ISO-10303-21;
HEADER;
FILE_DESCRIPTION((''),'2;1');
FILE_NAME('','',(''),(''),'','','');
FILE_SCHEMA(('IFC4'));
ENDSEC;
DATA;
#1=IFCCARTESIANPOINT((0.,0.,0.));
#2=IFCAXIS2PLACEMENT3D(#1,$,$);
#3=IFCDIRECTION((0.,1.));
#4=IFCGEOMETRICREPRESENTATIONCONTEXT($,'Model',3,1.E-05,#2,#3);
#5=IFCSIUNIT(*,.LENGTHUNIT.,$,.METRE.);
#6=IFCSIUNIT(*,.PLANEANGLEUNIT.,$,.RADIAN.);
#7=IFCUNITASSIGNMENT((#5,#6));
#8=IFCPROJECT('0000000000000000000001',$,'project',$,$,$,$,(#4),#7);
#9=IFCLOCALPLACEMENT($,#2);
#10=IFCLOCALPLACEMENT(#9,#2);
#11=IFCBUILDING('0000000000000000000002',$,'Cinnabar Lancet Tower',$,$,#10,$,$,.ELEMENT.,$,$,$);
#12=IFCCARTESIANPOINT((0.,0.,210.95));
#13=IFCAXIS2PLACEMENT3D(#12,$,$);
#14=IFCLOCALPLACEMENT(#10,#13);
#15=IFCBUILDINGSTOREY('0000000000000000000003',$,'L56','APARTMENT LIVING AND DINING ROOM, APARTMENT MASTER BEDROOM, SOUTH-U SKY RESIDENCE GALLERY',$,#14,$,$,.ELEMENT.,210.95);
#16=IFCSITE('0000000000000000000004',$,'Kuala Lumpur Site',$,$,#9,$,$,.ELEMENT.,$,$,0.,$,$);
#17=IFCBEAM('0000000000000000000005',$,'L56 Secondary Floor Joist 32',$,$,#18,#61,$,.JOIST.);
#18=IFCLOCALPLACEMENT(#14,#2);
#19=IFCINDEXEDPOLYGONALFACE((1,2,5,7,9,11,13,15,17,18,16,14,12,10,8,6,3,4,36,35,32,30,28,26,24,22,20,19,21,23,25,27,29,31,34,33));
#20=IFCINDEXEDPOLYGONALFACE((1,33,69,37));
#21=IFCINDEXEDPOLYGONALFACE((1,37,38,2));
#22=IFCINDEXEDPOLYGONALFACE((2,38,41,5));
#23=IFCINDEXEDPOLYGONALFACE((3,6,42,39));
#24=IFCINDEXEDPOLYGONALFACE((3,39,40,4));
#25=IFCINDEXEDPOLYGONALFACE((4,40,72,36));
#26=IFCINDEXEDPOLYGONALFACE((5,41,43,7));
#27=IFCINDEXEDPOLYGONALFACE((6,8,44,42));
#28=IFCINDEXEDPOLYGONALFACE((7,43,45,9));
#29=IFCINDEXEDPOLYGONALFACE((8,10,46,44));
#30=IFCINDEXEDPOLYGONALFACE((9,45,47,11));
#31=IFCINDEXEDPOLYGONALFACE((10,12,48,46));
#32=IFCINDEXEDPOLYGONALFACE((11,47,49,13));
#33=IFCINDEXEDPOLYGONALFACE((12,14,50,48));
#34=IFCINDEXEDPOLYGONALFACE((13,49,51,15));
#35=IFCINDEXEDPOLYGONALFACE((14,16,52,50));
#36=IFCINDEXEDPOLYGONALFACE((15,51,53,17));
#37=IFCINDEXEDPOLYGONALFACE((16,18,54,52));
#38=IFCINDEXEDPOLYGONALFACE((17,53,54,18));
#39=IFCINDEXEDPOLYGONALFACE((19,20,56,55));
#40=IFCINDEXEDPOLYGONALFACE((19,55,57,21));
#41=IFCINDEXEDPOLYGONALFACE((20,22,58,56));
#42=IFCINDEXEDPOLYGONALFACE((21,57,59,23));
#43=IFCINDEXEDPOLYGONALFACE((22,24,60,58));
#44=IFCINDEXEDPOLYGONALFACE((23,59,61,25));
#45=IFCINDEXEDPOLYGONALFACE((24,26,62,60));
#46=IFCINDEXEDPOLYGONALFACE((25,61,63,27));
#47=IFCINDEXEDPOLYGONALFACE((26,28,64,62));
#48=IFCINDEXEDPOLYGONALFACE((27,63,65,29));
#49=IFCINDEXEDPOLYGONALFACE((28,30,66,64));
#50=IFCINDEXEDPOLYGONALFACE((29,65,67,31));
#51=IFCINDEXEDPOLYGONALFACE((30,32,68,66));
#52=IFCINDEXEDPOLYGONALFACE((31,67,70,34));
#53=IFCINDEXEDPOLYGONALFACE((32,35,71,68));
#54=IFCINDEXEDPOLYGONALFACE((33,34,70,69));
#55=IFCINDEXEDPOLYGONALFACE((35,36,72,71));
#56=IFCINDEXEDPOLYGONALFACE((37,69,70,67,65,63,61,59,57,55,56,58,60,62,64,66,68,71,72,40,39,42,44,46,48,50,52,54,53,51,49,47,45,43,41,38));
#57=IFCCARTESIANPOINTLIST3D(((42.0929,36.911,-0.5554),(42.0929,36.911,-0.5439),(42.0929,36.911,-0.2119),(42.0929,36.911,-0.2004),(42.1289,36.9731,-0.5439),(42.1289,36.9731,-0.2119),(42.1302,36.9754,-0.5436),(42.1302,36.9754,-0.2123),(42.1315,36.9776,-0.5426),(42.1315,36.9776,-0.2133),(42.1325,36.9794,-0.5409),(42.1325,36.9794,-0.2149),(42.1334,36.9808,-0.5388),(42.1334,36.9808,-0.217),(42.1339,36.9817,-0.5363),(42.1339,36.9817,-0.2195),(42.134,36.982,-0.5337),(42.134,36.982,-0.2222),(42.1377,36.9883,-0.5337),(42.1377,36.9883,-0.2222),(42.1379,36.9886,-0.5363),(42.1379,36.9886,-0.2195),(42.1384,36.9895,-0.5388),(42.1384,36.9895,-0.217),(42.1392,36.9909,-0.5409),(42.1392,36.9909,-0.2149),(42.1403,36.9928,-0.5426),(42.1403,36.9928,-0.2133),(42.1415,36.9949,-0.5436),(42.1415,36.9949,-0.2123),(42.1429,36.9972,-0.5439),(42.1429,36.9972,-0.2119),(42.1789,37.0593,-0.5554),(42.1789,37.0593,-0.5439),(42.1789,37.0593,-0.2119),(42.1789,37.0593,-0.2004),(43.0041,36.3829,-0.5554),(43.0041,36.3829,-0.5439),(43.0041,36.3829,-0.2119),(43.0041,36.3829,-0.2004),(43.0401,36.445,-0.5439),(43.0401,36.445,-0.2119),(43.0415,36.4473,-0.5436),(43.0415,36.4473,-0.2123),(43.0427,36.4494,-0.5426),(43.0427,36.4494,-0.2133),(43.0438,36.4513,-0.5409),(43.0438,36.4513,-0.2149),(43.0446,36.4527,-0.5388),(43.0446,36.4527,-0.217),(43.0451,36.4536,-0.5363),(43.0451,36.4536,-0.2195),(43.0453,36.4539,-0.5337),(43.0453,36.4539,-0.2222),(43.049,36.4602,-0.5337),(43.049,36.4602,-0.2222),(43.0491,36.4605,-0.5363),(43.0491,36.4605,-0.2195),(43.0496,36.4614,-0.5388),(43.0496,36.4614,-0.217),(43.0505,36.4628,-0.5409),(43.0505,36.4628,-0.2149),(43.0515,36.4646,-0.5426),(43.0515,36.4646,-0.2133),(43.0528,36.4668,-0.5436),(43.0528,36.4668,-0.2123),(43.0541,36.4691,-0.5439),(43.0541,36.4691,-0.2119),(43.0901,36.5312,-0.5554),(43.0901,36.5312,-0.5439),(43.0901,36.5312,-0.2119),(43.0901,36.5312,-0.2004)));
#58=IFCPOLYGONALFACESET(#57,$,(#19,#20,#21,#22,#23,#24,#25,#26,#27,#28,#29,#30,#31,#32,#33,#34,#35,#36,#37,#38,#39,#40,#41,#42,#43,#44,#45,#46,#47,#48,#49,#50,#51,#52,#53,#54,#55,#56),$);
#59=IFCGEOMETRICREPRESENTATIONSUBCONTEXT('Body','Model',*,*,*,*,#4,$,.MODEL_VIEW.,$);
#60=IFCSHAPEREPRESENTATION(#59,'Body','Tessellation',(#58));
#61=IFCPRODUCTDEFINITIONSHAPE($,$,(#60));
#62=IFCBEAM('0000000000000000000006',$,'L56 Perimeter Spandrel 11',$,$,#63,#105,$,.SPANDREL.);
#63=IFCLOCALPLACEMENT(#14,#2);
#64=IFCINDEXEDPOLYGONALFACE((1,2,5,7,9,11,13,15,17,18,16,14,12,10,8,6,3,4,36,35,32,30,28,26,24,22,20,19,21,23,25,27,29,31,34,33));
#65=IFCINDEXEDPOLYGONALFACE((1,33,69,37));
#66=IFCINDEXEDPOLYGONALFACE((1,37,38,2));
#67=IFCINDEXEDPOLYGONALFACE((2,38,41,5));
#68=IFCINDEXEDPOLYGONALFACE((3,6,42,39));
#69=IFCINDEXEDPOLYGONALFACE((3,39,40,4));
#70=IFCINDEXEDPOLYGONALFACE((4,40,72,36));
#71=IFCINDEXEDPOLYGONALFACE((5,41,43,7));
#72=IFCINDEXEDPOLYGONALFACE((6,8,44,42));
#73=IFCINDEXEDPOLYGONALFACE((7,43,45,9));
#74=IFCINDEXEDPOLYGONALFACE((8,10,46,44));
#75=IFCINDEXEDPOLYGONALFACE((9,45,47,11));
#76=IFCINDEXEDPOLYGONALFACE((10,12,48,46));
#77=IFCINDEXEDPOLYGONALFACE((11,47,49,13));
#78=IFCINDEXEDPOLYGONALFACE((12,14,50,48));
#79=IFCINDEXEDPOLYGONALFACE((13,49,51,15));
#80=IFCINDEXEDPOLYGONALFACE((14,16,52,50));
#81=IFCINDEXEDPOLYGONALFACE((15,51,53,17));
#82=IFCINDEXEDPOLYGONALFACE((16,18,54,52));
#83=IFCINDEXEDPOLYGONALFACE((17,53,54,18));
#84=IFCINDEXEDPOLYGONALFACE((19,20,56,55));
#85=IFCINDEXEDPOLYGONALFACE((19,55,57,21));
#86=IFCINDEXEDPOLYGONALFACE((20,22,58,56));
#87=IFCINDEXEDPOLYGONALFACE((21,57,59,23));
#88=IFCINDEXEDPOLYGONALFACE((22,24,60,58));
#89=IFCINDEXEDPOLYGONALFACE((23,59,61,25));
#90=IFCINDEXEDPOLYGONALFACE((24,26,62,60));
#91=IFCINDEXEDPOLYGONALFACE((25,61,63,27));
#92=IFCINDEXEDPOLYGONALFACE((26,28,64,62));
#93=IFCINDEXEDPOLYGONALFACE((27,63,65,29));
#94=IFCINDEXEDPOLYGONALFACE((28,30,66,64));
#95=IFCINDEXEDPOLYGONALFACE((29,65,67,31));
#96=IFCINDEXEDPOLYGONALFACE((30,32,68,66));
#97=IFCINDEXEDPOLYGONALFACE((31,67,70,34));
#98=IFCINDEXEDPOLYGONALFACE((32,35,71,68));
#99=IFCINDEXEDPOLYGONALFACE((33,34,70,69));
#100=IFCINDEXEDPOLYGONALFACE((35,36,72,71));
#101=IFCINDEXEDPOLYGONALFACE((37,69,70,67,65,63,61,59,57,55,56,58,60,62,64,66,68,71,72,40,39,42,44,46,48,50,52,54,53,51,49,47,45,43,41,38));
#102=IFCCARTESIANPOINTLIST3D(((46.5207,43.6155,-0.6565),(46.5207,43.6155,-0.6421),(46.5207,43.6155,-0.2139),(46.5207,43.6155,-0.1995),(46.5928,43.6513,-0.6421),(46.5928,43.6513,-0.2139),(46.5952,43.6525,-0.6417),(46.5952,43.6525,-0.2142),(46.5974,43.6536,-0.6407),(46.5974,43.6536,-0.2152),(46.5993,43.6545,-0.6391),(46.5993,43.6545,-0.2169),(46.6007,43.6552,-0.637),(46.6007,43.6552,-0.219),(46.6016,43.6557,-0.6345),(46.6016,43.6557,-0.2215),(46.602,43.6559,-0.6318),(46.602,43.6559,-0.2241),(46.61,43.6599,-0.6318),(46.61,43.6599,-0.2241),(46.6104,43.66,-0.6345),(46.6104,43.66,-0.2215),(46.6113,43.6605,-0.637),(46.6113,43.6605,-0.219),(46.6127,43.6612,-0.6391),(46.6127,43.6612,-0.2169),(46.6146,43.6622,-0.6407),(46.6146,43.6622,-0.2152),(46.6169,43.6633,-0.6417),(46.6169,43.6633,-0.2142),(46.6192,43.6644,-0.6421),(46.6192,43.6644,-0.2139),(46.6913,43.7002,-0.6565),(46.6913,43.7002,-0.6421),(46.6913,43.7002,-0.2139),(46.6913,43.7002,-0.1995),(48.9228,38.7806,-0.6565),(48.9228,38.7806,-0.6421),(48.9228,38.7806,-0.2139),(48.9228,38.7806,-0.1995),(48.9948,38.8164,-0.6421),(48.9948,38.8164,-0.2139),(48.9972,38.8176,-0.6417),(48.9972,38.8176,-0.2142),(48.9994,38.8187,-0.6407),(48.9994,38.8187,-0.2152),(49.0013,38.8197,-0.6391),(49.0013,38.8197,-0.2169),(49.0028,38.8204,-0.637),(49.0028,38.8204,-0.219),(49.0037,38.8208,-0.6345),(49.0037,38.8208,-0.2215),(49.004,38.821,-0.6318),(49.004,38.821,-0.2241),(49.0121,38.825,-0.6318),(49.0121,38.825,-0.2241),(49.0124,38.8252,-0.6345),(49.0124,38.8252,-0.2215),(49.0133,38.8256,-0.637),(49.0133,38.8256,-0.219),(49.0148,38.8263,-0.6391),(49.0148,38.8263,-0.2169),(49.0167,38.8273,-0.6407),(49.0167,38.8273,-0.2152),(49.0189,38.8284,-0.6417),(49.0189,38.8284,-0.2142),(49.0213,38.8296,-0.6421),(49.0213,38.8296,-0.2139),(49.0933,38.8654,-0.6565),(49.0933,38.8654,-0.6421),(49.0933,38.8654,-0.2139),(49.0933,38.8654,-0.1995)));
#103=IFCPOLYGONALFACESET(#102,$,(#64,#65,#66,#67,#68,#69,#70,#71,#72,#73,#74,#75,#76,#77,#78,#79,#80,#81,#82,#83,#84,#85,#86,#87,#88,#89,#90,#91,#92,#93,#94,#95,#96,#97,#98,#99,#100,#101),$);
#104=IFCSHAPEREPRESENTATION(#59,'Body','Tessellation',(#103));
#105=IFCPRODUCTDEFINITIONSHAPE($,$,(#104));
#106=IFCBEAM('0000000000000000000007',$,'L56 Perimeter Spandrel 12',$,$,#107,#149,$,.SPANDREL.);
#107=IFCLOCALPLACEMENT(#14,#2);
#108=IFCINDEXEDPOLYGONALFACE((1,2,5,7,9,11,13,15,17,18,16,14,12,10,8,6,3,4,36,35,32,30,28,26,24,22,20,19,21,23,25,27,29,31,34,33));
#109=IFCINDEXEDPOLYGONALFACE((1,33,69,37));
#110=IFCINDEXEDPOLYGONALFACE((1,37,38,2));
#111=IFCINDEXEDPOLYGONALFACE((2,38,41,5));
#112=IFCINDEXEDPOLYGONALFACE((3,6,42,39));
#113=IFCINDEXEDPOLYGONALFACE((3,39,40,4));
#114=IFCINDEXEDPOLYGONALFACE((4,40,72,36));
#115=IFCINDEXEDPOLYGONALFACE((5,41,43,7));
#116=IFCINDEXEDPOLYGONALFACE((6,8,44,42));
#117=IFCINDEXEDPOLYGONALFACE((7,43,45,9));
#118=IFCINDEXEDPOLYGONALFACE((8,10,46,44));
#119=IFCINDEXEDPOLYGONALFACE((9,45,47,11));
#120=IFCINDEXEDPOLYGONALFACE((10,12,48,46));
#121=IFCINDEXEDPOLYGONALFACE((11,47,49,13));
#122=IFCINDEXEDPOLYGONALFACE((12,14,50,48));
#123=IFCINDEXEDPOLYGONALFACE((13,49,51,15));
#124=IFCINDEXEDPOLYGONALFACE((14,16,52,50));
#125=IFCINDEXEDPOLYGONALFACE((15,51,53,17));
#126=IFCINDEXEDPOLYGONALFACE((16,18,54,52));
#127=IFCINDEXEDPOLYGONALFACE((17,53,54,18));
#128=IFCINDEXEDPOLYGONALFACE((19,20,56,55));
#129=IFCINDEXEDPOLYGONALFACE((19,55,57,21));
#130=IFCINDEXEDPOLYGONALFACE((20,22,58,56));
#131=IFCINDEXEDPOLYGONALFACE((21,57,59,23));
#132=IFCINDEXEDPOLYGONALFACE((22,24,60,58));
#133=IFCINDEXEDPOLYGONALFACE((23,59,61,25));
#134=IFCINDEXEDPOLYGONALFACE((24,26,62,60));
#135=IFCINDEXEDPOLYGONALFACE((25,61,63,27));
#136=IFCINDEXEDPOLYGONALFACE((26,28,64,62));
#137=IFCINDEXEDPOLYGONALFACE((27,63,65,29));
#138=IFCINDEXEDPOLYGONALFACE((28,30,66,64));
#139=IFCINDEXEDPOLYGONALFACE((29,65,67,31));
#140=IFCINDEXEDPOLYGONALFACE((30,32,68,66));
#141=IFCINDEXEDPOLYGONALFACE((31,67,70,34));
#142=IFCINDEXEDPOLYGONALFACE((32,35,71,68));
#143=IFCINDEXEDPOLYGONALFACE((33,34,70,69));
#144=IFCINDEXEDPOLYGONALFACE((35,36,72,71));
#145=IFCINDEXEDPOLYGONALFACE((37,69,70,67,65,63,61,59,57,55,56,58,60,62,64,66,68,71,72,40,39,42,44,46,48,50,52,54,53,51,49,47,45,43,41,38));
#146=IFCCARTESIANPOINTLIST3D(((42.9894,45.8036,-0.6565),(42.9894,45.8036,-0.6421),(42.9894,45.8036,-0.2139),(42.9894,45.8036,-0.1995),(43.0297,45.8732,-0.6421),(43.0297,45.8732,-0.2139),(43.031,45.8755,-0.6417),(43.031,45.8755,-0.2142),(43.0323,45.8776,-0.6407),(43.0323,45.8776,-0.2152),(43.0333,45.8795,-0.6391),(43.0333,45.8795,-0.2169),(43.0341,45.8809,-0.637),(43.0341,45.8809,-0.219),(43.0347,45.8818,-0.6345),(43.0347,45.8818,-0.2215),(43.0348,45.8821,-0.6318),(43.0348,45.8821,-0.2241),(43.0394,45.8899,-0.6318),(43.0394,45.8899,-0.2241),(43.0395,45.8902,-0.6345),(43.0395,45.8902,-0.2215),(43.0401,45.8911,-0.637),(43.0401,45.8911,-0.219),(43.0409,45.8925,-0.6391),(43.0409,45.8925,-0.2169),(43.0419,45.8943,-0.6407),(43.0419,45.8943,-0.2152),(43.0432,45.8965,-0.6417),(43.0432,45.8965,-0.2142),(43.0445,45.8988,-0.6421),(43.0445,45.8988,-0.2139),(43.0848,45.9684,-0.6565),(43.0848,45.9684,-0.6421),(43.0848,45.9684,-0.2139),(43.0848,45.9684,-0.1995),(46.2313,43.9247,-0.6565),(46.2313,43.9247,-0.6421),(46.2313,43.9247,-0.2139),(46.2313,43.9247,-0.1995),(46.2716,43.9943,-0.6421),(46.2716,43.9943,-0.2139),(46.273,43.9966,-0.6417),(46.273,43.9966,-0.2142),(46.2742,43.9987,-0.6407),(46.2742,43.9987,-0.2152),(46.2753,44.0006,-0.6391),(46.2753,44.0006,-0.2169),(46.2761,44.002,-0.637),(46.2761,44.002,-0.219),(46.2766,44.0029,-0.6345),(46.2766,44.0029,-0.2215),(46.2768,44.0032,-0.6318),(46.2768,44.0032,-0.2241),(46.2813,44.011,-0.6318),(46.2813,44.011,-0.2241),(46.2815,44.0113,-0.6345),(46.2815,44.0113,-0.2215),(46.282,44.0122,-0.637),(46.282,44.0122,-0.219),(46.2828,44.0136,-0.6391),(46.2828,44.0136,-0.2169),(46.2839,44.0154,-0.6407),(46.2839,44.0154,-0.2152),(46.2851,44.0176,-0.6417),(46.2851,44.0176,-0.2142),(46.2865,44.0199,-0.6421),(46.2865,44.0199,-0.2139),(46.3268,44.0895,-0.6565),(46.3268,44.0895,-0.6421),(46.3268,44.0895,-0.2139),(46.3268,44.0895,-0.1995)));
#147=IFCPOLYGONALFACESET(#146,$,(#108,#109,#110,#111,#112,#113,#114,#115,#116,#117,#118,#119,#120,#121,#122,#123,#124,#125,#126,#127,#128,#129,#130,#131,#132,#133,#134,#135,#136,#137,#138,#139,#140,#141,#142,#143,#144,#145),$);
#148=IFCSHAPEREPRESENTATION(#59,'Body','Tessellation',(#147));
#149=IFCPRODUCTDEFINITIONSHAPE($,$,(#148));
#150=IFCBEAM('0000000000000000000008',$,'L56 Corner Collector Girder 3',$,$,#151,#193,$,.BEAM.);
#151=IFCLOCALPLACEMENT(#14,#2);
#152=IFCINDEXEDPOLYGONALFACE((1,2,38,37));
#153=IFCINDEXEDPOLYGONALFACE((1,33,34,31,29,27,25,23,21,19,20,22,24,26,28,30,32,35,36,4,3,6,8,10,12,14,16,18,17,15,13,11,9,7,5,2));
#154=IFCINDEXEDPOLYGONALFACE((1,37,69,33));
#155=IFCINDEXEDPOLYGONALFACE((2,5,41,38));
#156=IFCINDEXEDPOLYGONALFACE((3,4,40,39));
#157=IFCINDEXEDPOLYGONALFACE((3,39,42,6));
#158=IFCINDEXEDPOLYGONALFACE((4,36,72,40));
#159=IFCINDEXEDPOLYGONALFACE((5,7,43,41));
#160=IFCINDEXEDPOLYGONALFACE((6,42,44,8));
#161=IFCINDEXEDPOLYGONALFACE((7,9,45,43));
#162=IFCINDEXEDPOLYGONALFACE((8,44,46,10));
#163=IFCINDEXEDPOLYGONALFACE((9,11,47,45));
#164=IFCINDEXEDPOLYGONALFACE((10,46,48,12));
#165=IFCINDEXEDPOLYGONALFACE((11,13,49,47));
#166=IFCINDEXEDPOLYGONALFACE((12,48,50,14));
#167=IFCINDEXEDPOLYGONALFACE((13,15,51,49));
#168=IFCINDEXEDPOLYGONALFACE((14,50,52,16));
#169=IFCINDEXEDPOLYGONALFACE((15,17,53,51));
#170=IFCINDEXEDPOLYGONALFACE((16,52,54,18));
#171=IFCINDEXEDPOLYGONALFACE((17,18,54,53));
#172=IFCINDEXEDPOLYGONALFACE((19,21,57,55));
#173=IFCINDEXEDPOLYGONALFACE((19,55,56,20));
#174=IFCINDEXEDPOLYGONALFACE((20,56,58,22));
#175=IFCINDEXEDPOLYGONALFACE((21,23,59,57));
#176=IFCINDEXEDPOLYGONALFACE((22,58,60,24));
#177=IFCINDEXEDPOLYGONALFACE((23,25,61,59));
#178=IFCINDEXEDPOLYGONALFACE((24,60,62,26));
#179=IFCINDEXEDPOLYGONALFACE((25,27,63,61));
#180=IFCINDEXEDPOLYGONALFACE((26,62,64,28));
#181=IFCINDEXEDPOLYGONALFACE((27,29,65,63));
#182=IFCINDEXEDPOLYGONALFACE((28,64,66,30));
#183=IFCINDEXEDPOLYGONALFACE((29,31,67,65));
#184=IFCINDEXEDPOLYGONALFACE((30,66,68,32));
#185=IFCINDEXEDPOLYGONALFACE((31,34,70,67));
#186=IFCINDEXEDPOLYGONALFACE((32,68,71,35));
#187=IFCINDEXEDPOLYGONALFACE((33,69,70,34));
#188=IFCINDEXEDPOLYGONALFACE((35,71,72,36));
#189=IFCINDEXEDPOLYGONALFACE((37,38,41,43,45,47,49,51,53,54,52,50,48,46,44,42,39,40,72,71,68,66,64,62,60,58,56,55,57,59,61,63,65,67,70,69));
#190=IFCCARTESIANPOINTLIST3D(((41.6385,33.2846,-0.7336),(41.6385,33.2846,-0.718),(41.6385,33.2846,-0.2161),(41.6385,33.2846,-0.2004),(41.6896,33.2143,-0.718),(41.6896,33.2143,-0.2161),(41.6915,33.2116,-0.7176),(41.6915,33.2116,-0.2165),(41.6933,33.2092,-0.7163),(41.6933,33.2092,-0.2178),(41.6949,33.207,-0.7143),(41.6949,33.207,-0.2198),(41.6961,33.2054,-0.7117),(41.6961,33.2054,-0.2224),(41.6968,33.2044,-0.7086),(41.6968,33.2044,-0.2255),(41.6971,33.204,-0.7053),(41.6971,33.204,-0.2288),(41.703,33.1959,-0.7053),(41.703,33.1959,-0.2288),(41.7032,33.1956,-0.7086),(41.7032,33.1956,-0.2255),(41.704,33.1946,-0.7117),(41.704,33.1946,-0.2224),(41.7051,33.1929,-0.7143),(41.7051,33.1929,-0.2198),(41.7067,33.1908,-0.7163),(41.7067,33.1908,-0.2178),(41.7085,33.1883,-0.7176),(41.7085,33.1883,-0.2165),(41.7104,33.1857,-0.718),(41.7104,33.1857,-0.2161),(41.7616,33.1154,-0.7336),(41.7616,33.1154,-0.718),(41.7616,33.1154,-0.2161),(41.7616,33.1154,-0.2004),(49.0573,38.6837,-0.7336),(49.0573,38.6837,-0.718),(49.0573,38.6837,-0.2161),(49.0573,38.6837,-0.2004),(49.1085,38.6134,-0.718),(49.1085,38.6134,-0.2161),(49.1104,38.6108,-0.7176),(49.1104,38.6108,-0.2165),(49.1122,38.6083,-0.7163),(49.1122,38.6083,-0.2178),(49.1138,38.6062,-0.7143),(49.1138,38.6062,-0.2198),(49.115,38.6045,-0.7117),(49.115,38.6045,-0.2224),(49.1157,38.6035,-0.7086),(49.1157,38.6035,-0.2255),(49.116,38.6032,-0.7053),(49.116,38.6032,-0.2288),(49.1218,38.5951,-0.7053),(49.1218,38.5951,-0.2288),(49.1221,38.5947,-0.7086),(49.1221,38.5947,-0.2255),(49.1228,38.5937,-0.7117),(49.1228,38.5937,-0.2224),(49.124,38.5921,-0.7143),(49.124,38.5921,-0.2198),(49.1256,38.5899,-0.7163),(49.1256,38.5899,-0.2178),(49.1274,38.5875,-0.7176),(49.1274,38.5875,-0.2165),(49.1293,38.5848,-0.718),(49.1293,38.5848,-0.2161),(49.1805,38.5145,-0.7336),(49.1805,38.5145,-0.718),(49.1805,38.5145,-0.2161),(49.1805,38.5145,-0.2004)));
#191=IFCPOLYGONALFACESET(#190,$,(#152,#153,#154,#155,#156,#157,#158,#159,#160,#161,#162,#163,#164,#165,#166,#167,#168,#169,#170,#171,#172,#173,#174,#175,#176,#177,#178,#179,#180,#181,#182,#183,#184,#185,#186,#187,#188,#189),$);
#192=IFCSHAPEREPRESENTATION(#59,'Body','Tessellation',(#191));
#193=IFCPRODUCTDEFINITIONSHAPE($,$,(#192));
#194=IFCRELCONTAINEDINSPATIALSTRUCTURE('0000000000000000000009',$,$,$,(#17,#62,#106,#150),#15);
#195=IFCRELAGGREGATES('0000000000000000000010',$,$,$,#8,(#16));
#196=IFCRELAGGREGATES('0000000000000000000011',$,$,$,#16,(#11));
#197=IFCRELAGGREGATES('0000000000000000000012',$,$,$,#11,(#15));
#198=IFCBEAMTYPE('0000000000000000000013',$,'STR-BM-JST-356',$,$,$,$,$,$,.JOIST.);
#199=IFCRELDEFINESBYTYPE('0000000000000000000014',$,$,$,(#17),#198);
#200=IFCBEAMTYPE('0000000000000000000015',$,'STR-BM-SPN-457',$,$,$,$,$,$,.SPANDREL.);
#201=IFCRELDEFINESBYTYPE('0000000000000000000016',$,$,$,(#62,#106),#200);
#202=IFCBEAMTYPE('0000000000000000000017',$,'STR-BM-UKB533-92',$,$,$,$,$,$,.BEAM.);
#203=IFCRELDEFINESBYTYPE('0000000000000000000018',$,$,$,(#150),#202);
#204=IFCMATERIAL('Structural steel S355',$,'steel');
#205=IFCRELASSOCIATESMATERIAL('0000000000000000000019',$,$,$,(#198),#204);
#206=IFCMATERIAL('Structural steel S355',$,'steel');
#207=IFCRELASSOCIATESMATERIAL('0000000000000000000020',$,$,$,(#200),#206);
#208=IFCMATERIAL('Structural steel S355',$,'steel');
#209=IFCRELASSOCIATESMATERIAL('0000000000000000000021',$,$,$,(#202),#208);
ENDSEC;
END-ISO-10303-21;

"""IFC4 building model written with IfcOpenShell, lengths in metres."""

from ifc_helpers import new_model, si_unit, direction, frame, origin, origin_2d, place, context, subcontext, project, spatial, i_section, extrude, material, material_profile, profile_set, type_object, element, save


model = new_model("IFC4")

# Units and contexts
model_context = context("Model", 3, precision=1e-05, world=origin(), true_north=direction((0.0, 1.0)))
body_context = subcontext(model_context, "Body", "Model", "MODEL_VIEW")
ifc_project = project(units=[si_unit("LENGTHUNIT", "METRE"), si_unit("PLANEANGLEUNIT", "RADIAN")], contexts=[model_context])

# Site, building, storey
site_placement = place(None, origin())
site = spatial("IfcSite", under=ifc_project, at=site_placement, Name="Kuala Lumpur Site", CompositionType="ELEMENT", RefElevation=0.0)
building_placement = place(site_placement, origin())
building = spatial("IfcBuilding", under=site, at=building_placement, Name="Cinnabar Lancet Tower", CompositionType="ELEMENT")
storey_placement = place(building_placement, frame((0.0, 0.0, 210.95)))
storey = spatial("IfcBuildingStorey", under=building, at=storey_placement, Name="L56", Description="APARTMENT LIVING AND DINING ROOM, APARTMENT MASTER BEDROOM, SOUTH-U SKY RESIDENCE GALLERY", CompositionType="ELEMENT", Elevation=210.95)

# Beams
ifc_material_1 = material(Name="Structural steel S355", Category="steel")
ifc_material_profile_1 = material_profile(ifc_material_1, i_section(OverallWidth=0.1714, OverallDepth=0.355, WebThickness=0.0073, FlangeThickness=0.0115, FilletRadius=0.0103, at=origin_2d()), Name="UKB 356x171x51")
ifc_profile_set_1 = profile_set([ifc_material_profile_1], Name="Structural steel S355")
beam_type_1 = type_object("IfcBeamType", Name="STR-BM-JST-356", PredefinedType="JOIST", material=ifc_profile_set_1)
beam_1_placement = place(storey_placement, frame((43.0471, 36.457, -0.3779), z_axis=(-0.865188, 0.501447, 0.0), x_axis=(-0.501447, -0.865188, 0.0)))
element("IfcBeam", 1, at=beam_1_placement, inside=storey, type_object=beam_type_1, Name="L56 Secondary Floor Joist 32", PredefinedType="JOIST", context=body_context, shape_type="SweptSolid", body=[
    extrude(i_section(OverallWidth=0.1714, OverallDepth=0.355, WebThickness=0.0073, FlangeThickness=0.0115, FilletRadius=0.0103, at=origin_2d()), origin(), (0.0, 0.0, 1.0), 1.0532),
])
ifc_material_2 = material(Name="Structural steel S355", Category="steel")
ifc_material_profile_2 = material_profile(ifc_material_2, i_section(OverallWidth=0.1904, OverallDepth=0.457, WebThickness=0.009, FlangeThickness=0.0144, FilletRadius=0.0103, at=origin_2d()), Name="UKB 457x191x74")
ifc_profile_set_2 = profile_set([ifc_material_profile_2], Name="Structural steel S355")
beam_type_2 = type_object("IfcBeamType", Name="STR-BM-SPN-457", PredefinedType="SPANDREL", material=ifc_profile_set_2)
beam_2_placement = place(storey_placement, frame((49.0081, 38.823, -0.428), z_axis=(-0.444933, 0.895564, 0.0), x_axis=(-0.895564, -0.444933, 0.0)))
element("IfcBeam", 2, at=beam_2_placement, inside=storey, type_object=beam_type_2, Name="L56 Perimeter Spandrel 11", PredefinedType="SPANDREL", context=body_context, shape_type="SweptSolid", body=[
    extrude(i_section(OverallWidth=0.1904, OverallDepth=0.457, WebThickness=0.009, FlangeThickness=0.0144, FilletRadius=0.0103, at=origin_2d()), origin(), (0.0, 0.0, 1.0), 5.3987),
])
beam_3_placement = place(storey_placement, frame((46.2791, 44.0071, -0.428), z_axis=(-0.865196, 0.501434, 0.0), x_axis=(-0.501434, -0.865196, 0.0)))
element("IfcBeam", 3, at=beam_3_placement, inside=storey, type_object=beam_type_2, Name="L56 Perimeter Spandrel 12", PredefinedType="SPANDREL", context=body_context, shape_type="SweptSolid", body=[
    extrude(i_section(OverallWidth=0.1904, OverallDepth=0.457, WebThickness=0.009, FlangeThickness=0.0144, FilletRadius=0.0103, at=origin_2d()), origin(), (0.0, 0.0, 1.0), 3.7471),
])
ifc_material_3 = material(Name="Structural steel S355", Category="steel")
ifc_material_profile_3 = material_profile(ifc_material_3, i_section(OverallWidth=0.2092, OverallDepth=0.5332, WebThickness=0.01, FlangeThickness=0.0156, FilletRadius=0.0127, at=origin_2d()), Name="UKB 533x210x92")
ifc_profile_set_3 = profile_set([ifc_material_profile_3], Name="Structural steel S355")
beam_type_3 = type_object("IfcBeamType", Name="STR-BM-UKB533-92", PredefinedType="BEAM", material=ifc_profile_set_3)
beam_4_placement = place(storey_placement, frame((49.1189, 38.5991, -0.467), z_axis=(-0.808551, -0.588426, 0.0), x_axis=(0.588426, -0.808551, 0.0)))
element("IfcBeam", 4, at=beam_4_placement, inside=storey, type_object=beam_type_3, Name="L56 Corner Collector Girder 3", PredefinedType="BEAM", context=body_context, shape_type="SweptSolid", body=[
    extrude(i_section(OverallWidth=0.2092, OverallDepth=0.5332, WebThickness=0.01, FlangeThickness=0.0156, FilletRadius=0.0127, at=origin_2d()), origin(), (0.0, 0.0, 1.0), 9.1755),
])

save(model, "model.ifc")
